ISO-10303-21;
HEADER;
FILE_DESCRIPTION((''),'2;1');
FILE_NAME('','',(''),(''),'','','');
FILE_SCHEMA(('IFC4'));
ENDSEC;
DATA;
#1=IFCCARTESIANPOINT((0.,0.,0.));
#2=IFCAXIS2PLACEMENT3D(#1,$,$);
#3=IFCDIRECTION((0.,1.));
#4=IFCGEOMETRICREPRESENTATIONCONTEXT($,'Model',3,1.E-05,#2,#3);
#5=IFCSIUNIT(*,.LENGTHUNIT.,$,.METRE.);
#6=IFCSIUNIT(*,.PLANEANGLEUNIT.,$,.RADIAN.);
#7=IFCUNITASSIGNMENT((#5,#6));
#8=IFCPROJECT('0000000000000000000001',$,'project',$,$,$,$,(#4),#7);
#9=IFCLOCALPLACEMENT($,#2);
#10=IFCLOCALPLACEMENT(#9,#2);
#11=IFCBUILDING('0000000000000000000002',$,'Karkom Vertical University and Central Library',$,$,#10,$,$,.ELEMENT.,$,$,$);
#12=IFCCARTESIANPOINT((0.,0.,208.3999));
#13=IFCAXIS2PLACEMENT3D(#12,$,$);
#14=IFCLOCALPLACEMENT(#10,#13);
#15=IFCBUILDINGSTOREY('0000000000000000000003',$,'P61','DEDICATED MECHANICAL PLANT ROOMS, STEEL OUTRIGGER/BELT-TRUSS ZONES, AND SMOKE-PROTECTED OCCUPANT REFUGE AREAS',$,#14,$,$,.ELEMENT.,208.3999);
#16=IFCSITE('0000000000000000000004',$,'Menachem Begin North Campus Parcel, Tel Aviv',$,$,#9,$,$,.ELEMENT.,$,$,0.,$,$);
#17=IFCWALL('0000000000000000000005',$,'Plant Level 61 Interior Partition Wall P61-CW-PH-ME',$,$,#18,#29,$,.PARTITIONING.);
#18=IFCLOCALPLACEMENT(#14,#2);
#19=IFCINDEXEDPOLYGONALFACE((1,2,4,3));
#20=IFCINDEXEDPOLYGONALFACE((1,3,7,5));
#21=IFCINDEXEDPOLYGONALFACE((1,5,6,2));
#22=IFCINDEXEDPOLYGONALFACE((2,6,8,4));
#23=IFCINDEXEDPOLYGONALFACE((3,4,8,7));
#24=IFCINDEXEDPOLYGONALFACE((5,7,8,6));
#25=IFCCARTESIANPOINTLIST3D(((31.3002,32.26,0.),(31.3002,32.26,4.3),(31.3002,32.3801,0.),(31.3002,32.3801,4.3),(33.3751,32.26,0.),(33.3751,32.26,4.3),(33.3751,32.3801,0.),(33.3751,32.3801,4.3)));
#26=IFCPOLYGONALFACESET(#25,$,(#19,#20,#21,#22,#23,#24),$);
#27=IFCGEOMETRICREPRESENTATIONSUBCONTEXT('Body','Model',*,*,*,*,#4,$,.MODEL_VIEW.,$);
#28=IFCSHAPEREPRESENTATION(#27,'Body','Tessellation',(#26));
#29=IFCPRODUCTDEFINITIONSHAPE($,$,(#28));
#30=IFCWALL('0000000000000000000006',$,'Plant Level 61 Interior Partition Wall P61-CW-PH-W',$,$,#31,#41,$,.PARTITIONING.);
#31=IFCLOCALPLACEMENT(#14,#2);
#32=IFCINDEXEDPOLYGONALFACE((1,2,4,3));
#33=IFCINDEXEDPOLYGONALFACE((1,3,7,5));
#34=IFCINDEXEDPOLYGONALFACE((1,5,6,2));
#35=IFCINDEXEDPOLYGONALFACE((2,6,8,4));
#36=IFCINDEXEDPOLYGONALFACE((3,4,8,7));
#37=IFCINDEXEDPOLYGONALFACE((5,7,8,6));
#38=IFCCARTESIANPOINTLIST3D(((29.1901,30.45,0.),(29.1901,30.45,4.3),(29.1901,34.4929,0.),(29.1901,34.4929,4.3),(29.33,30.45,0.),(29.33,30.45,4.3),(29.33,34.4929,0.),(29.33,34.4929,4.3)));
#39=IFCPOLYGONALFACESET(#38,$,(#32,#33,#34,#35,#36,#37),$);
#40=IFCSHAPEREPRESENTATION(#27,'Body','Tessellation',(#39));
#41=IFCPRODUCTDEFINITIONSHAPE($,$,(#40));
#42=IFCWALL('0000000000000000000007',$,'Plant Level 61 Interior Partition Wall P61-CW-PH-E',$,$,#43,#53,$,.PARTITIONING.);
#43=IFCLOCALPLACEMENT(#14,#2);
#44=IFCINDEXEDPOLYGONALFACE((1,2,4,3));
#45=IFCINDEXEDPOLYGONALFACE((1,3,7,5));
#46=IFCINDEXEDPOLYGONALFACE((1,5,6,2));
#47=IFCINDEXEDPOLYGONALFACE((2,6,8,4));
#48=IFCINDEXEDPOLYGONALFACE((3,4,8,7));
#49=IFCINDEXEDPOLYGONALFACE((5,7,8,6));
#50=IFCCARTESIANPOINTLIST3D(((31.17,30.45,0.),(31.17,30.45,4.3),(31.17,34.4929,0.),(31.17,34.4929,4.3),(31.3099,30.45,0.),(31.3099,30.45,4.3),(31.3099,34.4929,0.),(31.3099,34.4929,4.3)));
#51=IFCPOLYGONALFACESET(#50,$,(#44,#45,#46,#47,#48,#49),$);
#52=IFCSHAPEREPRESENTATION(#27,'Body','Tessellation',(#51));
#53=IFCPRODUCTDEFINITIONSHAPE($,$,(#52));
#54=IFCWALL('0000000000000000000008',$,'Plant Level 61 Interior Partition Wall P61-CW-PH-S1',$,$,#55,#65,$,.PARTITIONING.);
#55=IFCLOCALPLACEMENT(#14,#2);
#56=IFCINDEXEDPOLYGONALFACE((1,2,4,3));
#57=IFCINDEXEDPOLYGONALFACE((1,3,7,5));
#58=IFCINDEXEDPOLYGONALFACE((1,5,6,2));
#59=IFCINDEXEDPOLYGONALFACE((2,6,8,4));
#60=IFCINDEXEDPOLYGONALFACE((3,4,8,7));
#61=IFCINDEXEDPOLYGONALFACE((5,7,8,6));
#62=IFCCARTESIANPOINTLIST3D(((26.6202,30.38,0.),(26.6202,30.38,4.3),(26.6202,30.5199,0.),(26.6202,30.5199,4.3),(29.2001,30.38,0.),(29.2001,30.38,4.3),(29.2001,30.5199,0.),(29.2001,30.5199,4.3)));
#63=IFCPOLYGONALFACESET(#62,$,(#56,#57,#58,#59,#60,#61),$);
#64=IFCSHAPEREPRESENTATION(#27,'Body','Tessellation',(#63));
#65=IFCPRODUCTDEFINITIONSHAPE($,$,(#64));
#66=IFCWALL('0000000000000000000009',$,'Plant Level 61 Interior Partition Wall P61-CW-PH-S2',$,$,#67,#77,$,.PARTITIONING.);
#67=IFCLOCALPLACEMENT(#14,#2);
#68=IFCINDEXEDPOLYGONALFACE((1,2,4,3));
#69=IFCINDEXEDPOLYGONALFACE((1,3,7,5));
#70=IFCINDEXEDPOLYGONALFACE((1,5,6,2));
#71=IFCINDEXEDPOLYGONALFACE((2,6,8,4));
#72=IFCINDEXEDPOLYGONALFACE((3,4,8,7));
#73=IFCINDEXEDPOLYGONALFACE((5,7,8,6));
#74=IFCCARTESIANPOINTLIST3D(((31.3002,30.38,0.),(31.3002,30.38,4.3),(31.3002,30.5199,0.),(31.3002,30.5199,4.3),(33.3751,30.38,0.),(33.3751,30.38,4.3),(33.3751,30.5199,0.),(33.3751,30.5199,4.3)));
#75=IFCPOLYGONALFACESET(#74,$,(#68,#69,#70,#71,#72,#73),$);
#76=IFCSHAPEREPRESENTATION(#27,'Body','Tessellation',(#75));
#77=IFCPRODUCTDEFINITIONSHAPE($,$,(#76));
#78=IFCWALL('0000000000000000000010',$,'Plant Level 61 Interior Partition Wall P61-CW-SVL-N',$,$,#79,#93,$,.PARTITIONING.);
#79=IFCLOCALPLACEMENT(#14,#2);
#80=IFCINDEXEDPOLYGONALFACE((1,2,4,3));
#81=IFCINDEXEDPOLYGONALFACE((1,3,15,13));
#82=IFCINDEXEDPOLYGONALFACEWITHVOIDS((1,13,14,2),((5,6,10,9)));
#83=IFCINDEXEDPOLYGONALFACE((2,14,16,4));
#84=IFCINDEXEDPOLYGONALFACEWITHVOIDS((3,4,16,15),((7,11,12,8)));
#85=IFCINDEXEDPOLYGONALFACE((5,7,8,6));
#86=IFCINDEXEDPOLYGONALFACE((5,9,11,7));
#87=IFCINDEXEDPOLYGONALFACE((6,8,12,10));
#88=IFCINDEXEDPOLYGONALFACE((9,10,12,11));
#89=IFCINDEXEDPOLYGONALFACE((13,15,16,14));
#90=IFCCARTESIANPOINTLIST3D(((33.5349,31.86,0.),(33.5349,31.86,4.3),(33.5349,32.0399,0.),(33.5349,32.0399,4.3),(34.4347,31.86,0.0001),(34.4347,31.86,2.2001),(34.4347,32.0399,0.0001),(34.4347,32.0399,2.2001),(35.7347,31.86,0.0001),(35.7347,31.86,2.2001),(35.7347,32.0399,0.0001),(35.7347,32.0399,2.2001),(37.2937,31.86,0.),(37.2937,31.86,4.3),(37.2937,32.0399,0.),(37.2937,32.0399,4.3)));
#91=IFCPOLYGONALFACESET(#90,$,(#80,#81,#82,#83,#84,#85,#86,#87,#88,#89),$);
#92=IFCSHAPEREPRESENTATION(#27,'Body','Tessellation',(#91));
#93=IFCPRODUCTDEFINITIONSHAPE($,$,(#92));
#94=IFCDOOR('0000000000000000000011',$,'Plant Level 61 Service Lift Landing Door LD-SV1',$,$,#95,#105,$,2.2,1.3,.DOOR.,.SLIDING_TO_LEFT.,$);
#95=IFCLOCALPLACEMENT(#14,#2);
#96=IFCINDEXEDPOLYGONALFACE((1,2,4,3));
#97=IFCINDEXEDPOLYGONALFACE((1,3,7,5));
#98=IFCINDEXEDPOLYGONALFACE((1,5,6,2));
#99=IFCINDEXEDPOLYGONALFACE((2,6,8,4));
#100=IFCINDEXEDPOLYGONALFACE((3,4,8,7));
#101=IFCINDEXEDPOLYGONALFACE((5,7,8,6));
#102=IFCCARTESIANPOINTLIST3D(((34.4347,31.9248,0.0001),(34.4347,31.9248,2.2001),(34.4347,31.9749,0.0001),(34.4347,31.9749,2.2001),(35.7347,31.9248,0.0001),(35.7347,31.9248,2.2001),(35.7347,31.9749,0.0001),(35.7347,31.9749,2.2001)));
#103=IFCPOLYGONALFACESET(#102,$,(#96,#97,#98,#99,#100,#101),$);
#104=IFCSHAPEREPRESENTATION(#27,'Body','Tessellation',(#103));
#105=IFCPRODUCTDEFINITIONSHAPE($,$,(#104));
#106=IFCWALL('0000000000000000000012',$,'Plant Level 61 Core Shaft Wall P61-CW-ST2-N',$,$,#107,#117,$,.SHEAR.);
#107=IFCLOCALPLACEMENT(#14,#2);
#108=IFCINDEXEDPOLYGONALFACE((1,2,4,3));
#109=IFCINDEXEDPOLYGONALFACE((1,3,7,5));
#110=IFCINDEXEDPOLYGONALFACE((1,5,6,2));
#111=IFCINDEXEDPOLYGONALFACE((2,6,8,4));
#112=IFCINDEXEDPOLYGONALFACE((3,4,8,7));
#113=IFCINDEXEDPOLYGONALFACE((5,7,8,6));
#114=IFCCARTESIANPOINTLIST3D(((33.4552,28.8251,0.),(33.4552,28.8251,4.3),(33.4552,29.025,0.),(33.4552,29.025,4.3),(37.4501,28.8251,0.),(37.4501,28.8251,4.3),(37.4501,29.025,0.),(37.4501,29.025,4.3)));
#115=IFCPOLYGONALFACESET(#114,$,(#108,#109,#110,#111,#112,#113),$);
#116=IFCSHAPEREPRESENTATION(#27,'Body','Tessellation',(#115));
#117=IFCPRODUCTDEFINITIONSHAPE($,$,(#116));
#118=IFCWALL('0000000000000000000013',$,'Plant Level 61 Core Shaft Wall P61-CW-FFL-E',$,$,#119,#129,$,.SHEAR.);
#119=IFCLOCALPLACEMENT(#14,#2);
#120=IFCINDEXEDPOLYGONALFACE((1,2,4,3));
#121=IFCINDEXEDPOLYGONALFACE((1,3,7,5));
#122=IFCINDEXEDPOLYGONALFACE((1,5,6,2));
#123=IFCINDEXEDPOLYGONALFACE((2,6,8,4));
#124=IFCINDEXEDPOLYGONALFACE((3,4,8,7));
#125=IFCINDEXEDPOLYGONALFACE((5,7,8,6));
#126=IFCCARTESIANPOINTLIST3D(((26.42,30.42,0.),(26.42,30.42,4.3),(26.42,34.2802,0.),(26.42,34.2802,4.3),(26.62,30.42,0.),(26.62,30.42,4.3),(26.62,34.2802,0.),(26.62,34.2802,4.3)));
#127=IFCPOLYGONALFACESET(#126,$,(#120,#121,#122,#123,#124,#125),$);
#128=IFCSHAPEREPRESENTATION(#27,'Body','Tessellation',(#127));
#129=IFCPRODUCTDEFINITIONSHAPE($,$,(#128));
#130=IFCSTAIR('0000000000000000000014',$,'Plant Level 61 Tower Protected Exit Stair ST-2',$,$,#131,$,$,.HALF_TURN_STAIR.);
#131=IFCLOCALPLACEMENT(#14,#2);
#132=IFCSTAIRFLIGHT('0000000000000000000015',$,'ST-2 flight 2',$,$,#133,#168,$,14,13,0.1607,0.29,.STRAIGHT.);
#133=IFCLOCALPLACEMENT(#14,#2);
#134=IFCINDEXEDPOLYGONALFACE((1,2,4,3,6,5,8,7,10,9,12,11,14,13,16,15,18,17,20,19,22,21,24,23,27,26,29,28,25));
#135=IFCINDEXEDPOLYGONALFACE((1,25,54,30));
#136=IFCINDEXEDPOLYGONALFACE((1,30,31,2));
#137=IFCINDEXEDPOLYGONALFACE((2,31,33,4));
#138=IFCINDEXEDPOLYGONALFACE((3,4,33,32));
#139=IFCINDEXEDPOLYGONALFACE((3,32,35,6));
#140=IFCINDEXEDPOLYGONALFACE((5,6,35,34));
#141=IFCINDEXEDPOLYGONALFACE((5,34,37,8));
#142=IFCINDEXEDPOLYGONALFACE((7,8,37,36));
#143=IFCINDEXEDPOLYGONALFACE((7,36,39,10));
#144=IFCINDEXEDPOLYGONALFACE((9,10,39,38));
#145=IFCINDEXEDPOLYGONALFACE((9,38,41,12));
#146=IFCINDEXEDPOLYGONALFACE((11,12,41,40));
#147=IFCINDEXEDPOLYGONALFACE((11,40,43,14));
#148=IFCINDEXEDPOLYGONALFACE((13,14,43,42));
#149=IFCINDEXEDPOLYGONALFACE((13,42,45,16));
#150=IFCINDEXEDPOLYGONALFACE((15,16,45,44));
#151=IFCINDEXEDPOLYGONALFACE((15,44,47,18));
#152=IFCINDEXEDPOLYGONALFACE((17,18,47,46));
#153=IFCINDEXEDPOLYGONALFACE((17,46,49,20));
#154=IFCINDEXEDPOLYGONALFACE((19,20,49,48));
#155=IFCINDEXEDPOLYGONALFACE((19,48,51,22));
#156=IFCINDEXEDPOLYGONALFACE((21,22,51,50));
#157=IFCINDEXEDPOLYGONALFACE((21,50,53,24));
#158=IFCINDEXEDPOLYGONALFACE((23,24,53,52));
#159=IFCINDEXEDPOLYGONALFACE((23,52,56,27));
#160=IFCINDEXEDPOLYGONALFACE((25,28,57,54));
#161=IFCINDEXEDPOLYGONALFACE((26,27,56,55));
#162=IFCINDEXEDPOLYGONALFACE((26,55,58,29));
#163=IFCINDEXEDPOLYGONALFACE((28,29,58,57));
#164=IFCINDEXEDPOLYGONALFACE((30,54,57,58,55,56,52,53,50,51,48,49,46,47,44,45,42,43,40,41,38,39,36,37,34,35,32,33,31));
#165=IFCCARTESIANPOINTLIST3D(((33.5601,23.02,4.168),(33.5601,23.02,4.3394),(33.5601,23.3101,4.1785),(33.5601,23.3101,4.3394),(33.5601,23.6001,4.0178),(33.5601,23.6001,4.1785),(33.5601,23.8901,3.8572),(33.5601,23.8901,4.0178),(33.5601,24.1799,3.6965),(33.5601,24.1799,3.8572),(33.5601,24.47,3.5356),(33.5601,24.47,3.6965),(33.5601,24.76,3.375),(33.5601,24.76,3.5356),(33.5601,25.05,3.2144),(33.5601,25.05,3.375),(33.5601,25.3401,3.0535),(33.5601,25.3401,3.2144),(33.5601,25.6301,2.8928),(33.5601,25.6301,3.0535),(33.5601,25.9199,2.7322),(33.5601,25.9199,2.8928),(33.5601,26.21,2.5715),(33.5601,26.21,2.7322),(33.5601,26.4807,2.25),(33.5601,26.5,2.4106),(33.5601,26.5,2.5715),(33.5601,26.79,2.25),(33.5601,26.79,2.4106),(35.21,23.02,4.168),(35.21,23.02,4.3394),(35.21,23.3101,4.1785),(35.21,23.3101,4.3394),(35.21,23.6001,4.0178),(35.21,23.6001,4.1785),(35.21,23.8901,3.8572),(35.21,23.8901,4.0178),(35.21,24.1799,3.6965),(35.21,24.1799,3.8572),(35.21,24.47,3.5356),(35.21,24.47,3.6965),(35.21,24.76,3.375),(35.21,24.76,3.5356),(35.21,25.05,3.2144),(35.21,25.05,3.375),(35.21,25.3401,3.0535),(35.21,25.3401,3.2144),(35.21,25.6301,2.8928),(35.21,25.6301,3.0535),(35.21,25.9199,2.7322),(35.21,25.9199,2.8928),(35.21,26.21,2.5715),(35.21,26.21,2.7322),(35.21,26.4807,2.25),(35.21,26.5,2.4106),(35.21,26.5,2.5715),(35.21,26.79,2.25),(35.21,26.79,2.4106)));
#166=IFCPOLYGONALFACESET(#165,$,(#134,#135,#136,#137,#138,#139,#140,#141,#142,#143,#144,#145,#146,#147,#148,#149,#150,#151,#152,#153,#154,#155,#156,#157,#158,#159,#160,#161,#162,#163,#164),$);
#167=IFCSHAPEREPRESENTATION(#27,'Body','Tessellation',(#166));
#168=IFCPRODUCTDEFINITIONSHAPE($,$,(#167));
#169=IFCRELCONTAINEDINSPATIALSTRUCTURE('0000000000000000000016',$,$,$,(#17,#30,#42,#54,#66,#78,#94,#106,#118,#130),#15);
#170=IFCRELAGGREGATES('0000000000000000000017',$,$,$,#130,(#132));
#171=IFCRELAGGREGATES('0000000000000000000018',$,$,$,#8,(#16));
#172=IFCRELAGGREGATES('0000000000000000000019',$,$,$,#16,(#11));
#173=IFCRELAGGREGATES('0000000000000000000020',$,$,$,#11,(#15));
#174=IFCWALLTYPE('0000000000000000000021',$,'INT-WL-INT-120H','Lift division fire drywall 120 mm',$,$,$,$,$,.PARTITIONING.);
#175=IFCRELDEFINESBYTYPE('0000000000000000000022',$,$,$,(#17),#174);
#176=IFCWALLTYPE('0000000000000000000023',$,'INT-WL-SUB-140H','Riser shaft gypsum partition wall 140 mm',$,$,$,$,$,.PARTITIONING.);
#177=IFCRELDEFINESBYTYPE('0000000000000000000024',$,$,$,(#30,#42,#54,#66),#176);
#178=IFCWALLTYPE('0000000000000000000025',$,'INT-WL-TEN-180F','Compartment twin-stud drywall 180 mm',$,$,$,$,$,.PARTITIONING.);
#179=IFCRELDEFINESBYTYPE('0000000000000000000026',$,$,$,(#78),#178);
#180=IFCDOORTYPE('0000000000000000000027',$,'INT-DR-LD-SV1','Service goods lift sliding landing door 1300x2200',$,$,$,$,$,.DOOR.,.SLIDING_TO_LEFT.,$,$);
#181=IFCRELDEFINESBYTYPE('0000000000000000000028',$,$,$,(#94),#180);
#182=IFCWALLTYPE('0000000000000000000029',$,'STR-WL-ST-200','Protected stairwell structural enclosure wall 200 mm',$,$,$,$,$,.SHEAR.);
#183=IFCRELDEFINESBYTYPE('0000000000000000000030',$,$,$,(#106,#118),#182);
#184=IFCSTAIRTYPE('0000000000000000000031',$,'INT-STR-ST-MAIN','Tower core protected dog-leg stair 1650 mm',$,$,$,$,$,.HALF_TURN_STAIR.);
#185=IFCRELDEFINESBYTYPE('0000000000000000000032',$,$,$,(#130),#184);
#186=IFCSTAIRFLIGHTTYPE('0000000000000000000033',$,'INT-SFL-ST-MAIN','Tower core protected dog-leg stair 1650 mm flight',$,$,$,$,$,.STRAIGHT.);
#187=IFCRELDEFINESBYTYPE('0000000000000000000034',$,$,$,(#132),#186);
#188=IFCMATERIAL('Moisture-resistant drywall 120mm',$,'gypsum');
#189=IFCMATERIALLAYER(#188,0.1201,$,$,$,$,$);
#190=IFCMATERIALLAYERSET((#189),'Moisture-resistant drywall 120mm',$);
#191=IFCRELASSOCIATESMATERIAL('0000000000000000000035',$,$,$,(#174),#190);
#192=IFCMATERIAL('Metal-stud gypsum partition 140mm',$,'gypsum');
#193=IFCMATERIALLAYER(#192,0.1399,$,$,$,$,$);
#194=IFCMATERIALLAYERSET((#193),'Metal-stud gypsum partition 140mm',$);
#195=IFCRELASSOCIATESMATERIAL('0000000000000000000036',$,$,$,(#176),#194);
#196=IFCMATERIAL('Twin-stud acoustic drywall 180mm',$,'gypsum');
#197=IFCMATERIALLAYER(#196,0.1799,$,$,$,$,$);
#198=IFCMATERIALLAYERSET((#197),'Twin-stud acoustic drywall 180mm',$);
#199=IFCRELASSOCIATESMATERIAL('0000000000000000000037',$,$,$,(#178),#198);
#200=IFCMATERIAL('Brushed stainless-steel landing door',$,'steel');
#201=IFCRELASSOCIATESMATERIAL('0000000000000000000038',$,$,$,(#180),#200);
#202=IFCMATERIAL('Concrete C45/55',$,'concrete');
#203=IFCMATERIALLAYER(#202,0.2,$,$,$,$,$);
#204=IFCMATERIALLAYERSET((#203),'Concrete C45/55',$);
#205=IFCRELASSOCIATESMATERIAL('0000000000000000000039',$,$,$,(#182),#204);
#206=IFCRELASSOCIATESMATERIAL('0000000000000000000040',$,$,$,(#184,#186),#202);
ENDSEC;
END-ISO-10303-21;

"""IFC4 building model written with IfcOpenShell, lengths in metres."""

from ifc_helpers import new_model, si_unit, direction, frame, frame_2d, origin, origin_with_axes, place, context, subcontext, project, spatial, polyline, rectangle, outline, extrude, source, transform, mapped, material, layer, layer_set, type_object, element, fill, aggregate, save


model = new_model("IFC4")

# Units and contexts
model_context = context("Model", 3, precision=1e-05, world=origin(), true_north=direction((0.0, 1.0)))
body_context = subcontext(model_context, "Body", "Model", "MODEL_VIEW")
ifc_project = project(units=[si_unit("LENGTHUNIT", "METRE"), si_unit("PLANEANGLEUNIT", "RADIAN")], contexts=[model_context])

# Site, building, storey
site_placement = place(None, origin())
site = spatial("IfcSite", under=ifc_project, at=site_placement, Name="Menachem Begin North Campus Parcel, Tel Aviv", CompositionType="ELEMENT", RefElevation=0.0)
building_placement = place(site_placement, origin())
building = spatial("IfcBuilding", under=site, at=building_placement, Name="Karkom Vertical University and Central Library", CompositionType="ELEMENT")
storey_placement = place(building_placement, frame((0.0, 0.0, 208.3999)))
storey = spatial("IfcBuildingStorey", under=building, at=storey_placement, Name="P61", Description="DEDICATED MECHANICAL PLANT ROOMS, STEEL OUTRIGGER/BELT-TRUSS ZONES, AND SMOKE-PROTECTED OCCUPANT REFUGE AREAS", CompositionType="ELEMENT", Elevation=208.3999)

# Walls
ifc_material_1 = material(Name="Moisture-resistant drywall 120mm", Category="gypsum")
ifc_layer_1 = layer(ifc_material_1, 0.1201)
ifc_layer_set_1 = layer_set([ifc_layer_1], Name="Moisture-resistant drywall 120mm")
wall_type_1 = type_object("IfcWallType", Name="INT-WL-INT-120H", Description="Lift division fire drywall 120 mm", PredefinedType="PARTITIONING", material=ifc_layer_set_1)
wall_1_placement = place(storey_placement, frame((31.3, 32.3201, 0.0), z_axis=(0.0, 0.0, 1.0), x_axis=(1.0, 0.0, 0.0)))
element("IfcWall", 1, at=wall_1_placement, inside=storey, type_object=wall_type_1, Name="Plant Level 61 Interior Partition Wall P61-CW-PH-ME", PredefinedType="PARTITIONING", context=body_context, shape_type="SweptSolid", body=[
    extrude(rectangle(XDim=2.075, YDim=0.1201, at=frame_2d((1.0376, 0.0))), origin(), (0.0, 0.0, 1.0), 4.3),
])
ifc_material_2 = material(Name="Metal-stud gypsum partition 140mm", Category="gypsum")
ifc_layer_2 = layer(ifc_material_2, 0.1399)
ifc_layer_set_2 = layer_set([ifc_layer_2], Name="Metal-stud gypsum partition 140mm")
wall_type_2 = type_object("IfcWallType", Name="INT-WL-SUB-140H", Description="Riser shaft gypsum partition wall 140 mm", PredefinedType="PARTITIONING", material=ifc_layer_set_2)
for number, where, z_axis, x_axis, name in (
    (2, (29.26, 30.45, 0.0), (0.0, 0.0, 1.0), (0.0, 1.0, 0.0), "Plant Level 61 Interior Partition Wall P61-CW-PH-W"),
    (3, (31.24, 30.45, 0.0), (0.0, 0.0, 1.0), (0.0, 1.0, 0.0), "Plant Level 61 Interior Partition Wall P61-CW-PH-E"),
):
    element("IfcWall", number, at=place(storey_placement, frame(where, z_axis=z_axis, x_axis=x_axis)), inside=storey, type_object=wall_type_2, Name=name, PredefinedType="PARTITIONING", context=body_context, shape_type="SweptSolid", body=[
        extrude(rectangle(XDim=4.043, YDim=0.1399, at=frame_2d((2.0215, 0.0))), origin(), (0.0, 0.0, 1.0), 4.3),
    ])
wall_2_placement = place(storey_placement, frame((26.6201, 30.45, 0.0), z_axis=(0.0, 0.0, 1.0), x_axis=(1.0, 0.0, 0.0)))
element("IfcWall", 4, at=wall_2_placement, inside=storey, type_object=wall_type_2, Name="Plant Level 61 Interior Partition Wall P61-CW-PH-S1", PredefinedType="PARTITIONING", context=body_context, shape_type="SweptSolid", body=[
    extrude(rectangle(XDim=2.5798, YDim=0.1399, at=frame_2d((1.29, 0.0))), origin(), (0.0, 0.0, 1.0), 4.3),
])
wall_3_placement = place(storey_placement, frame((31.3, 30.45, 0.0), z_axis=(0.0, 0.0, 1.0), x_axis=(1.0, 0.0, 0.0)))
element("IfcWall", 5, at=wall_3_placement, inside=storey, type_object=wall_type_2, Name="Plant Level 61 Interior Partition Wall P61-CW-PH-S2", PredefinedType="PARTITIONING", context=body_context, shape_type="SweptSolid", body=[
    extrude(rectangle(XDim=2.075, YDim=0.1399, at=frame_2d((1.0376, 0.0))), origin(), (0.0, 0.0, 1.0), 4.3),
])

# Wall, opening, door
ifc_material_3 = material(Name="Twin-stud acoustic drywall 180mm", Category="gypsum")
ifc_layer_3 = layer(ifc_material_3, 0.1799)
ifc_layer_set_3 = layer_set([ifc_layer_3], Name="Twin-stud acoustic drywall 180mm")
wall_type_3 = type_object("IfcWallType", Name="INT-WL-TEN-180F", Description="Compartment twin-stud drywall 180 mm", PredefinedType="PARTITIONING", material=ifc_layer_set_3)
wall_4_placement = place(storey_placement, frame((33.5349, 31.95, 0.0), z_axis=(0.0, 0.0, 1.0), x_axis=(1.0, 0.0, 0.0)))
wall_4 = element("IfcWall", 6, at=wall_4_placement, inside=storey, type_object=wall_type_3, Name="Plant Level 61 Interior Partition Wall P61-CW-SVL-N", PredefinedType="PARTITIONING", context=body_context, shape_type="SweptSolid", body=[
    extrude(rectangle(XDim=3.7588, YDim=0.1799, at=frame_2d((1.8794, 0.0))), origin(), (0.0, 0.0, 1.0), 4.3),
])
opening_1_placement = place(wall_4_placement, frame((0.8999, 0.0, 0.0)))
opening_1 = element("IfcOpeningElement", 7, at=opening_1_placement, cuts=wall_4, PredefinedType="OPENING", context=body_context, shape_type="SweptSolid", body=[
    extrude(rectangle(XDim=1.3, YDim=2.2, at=frame_2d((0.6499, 1.1001))), frame((0.0, 0.1001, 0.0), z_axis=(0.0, -1.0, 0.0), x_axis=(1.0, 0.0, 0.0)), (0.0, 0.0, 1.0), 0.2),
])
ifc_material_4 = material(Name="Brushed stainless-steel landing door", Category="steel")
door_type_1 = type_object("IfcDoorType", Name="INT-DR-LD-SV1", Description="Service goods lift sliding landing door 1300x2200", OperationType="SLIDING_TO_LEFT", PredefinedType="DOOR", material=ifc_material_4)
shared_shape_1 = source(origin_with_axes(), body_context, "Body", "SweptSolid", [
    extrude(rectangle(XDim=1.3, YDim=2.2, at=frame_2d((0.6499, 1.1001))), frame((0.0, 0.0249, 0.0), z_axis=(0.0, -1.0, 0.0), x_axis=(1.0, 0.0, 0.0)), (0.0, 0.0, 1.0), 0.05),
])
door_1_placement = place(opening_1_placement, origin())
door_1 = element("IfcDoor", 8, at=door_1_placement, inside=storey, type_object=door_type_1, Name="Plant Level 61 Service Lift Landing Door LD-SV1", OperationType="SLIDING_TO_LEFT", OverallHeight=2.2, OverallWidth=1.3, PredefinedType="DOOR", context=body_context, shape_type="MappedRepresentation", body=[
    mapped(shared_shape_1, transform((0.0, 0.0, 0.0), scale=1.0)),
])
fill(opening_1, door_1)

# Walls
ifc_material_5 = material(Name="Concrete C45/55", Category="concrete")
ifc_layer_4 = layer(ifc_material_5, 0.2)
ifc_layer_set_4 = layer_set([ifc_layer_4], Name="Concrete C45/55")
wall_type_4 = type_object("IfcWallType", Name="STR-WL-ST-200", Description="Protected stairwell structural enclosure wall 200 mm", PredefinedType="SHEAR", material=ifc_layer_set_4)
wall_5_placement = place(storey_placement, frame((33.4551, 28.925, 0.0), z_axis=(0.0, 0.0, 1.0), x_axis=(1.0, 0.0, 0.0)))
element("IfcWall", 9, at=wall_5_placement, inside=storey, type_object=wall_type_4, Name="Plant Level 61 Core Shaft Wall P61-CW-ST2-N", PredefinedType="SHEAR", context=body_context, shape_type="SweptSolid", body=[
    extrude(rectangle(XDim=3.9949, YDim=0.2, at=frame_2d((1.9976, 0.0))), origin(), (0.0, 0.0, 1.0), 4.3),
])
wall_6_placement = place(storey_placement, frame((26.52, 30.4199, 0.0), z_axis=(0.0, 0.0, 1.0), x_axis=(0.0, 1.0, 0.0)))
element("IfcWall", 10, at=wall_6_placement, inside=storey, type_object=wall_type_4, Name="Plant Level 61 Core Shaft Wall P61-CW-FFL-E", PredefinedType="SHEAR", context=body_context, shape_type="SweptSolid", body=[
    extrude(rectangle(XDim=3.8601, YDim=0.2, at=frame_2d((1.9302, 0.0))), origin(), (0.0, 0.0, 1.0), 4.3),
])

# Stair, stair flight
stair_type = type_object("IfcStairType", Name="INT-STR-ST-MAIN", Description="Tower core protected dog-leg stair 1650 mm", PredefinedType="HALF_TURN_STAIR", material=ifc_material_5)
stair_placement = place(storey_placement, origin())
stair = element("IfcStair", 11, at=stair_placement, inside=storey, type_object=stair_type, Name="Plant Level 61 Tower Protected Exit Stair ST-2", PredefinedType="HALF_TURN_STAIR")
stair_flight_type = type_object("IfcStairFlightType", Name="INT-SFL-ST-MAIN", Description="Tower core protected dog-leg stair 1650 mm flight", PredefinedType="STRAIGHT", material=ifc_material_5)
stair_flight_placement = place(storey_placement, frame((34.385, 26.79, 2.25), z_axis=(0.0, 0.0, 1.0), x_axis=(0.0, -1.0, 0.0)))
stair_flight = element("IfcStairFlight", 12, at=stair_flight_placement, type_object=stair_flight_type, Name="ST-2 flight 2", NumberOfRisers=14, NumberOfTreads=13, PredefinedType="STRAIGHT", RiserHeight=0.1607, TreadLength=0.29, context=body_context, shape_type="SweptSolid", body=[
    extrude(outline(polyline([(0.0, 0.0), (0.0, 0.1606), (0.29, 0.1606), (0.29, 0.3215), (0.5801, 0.3215), (0.5801, 0.4822), (0.8701, 0.4822), (0.8701, 0.6428), (1.1599, 0.6428), (1.1599, 0.8035), (1.45, 0.8035), (1.45, 0.9644), (1.74, 0.9644), (1.74, 1.125), (2.03, 1.125), (2.03, 1.2856), (2.3201, 1.2856), (2.3201, 1.4465), (2.6101, 1.4465), (2.6101, 1.6072), (2.8999, 1.6072), (2.8999, 1.7678), (3.1899, 1.7678), (3.1899, 1.9285), (3.48, 1.9285), (3.48, 2.0894), (3.77, 2.0894), (3.77, 2.25), (3.77, 1.918), (0.3093, 0.0), (0.0, 0.0)])), frame((0.0, 0.825, 0.0), z_axis=(0.0, -1.0, 0.0), x_axis=(1.0, 0.0, 0.0)), (0.0, 0.0, 1.0), 1.6499),
])
aggregate(stair, [stair_flight])

save(model, "model.ifc")
